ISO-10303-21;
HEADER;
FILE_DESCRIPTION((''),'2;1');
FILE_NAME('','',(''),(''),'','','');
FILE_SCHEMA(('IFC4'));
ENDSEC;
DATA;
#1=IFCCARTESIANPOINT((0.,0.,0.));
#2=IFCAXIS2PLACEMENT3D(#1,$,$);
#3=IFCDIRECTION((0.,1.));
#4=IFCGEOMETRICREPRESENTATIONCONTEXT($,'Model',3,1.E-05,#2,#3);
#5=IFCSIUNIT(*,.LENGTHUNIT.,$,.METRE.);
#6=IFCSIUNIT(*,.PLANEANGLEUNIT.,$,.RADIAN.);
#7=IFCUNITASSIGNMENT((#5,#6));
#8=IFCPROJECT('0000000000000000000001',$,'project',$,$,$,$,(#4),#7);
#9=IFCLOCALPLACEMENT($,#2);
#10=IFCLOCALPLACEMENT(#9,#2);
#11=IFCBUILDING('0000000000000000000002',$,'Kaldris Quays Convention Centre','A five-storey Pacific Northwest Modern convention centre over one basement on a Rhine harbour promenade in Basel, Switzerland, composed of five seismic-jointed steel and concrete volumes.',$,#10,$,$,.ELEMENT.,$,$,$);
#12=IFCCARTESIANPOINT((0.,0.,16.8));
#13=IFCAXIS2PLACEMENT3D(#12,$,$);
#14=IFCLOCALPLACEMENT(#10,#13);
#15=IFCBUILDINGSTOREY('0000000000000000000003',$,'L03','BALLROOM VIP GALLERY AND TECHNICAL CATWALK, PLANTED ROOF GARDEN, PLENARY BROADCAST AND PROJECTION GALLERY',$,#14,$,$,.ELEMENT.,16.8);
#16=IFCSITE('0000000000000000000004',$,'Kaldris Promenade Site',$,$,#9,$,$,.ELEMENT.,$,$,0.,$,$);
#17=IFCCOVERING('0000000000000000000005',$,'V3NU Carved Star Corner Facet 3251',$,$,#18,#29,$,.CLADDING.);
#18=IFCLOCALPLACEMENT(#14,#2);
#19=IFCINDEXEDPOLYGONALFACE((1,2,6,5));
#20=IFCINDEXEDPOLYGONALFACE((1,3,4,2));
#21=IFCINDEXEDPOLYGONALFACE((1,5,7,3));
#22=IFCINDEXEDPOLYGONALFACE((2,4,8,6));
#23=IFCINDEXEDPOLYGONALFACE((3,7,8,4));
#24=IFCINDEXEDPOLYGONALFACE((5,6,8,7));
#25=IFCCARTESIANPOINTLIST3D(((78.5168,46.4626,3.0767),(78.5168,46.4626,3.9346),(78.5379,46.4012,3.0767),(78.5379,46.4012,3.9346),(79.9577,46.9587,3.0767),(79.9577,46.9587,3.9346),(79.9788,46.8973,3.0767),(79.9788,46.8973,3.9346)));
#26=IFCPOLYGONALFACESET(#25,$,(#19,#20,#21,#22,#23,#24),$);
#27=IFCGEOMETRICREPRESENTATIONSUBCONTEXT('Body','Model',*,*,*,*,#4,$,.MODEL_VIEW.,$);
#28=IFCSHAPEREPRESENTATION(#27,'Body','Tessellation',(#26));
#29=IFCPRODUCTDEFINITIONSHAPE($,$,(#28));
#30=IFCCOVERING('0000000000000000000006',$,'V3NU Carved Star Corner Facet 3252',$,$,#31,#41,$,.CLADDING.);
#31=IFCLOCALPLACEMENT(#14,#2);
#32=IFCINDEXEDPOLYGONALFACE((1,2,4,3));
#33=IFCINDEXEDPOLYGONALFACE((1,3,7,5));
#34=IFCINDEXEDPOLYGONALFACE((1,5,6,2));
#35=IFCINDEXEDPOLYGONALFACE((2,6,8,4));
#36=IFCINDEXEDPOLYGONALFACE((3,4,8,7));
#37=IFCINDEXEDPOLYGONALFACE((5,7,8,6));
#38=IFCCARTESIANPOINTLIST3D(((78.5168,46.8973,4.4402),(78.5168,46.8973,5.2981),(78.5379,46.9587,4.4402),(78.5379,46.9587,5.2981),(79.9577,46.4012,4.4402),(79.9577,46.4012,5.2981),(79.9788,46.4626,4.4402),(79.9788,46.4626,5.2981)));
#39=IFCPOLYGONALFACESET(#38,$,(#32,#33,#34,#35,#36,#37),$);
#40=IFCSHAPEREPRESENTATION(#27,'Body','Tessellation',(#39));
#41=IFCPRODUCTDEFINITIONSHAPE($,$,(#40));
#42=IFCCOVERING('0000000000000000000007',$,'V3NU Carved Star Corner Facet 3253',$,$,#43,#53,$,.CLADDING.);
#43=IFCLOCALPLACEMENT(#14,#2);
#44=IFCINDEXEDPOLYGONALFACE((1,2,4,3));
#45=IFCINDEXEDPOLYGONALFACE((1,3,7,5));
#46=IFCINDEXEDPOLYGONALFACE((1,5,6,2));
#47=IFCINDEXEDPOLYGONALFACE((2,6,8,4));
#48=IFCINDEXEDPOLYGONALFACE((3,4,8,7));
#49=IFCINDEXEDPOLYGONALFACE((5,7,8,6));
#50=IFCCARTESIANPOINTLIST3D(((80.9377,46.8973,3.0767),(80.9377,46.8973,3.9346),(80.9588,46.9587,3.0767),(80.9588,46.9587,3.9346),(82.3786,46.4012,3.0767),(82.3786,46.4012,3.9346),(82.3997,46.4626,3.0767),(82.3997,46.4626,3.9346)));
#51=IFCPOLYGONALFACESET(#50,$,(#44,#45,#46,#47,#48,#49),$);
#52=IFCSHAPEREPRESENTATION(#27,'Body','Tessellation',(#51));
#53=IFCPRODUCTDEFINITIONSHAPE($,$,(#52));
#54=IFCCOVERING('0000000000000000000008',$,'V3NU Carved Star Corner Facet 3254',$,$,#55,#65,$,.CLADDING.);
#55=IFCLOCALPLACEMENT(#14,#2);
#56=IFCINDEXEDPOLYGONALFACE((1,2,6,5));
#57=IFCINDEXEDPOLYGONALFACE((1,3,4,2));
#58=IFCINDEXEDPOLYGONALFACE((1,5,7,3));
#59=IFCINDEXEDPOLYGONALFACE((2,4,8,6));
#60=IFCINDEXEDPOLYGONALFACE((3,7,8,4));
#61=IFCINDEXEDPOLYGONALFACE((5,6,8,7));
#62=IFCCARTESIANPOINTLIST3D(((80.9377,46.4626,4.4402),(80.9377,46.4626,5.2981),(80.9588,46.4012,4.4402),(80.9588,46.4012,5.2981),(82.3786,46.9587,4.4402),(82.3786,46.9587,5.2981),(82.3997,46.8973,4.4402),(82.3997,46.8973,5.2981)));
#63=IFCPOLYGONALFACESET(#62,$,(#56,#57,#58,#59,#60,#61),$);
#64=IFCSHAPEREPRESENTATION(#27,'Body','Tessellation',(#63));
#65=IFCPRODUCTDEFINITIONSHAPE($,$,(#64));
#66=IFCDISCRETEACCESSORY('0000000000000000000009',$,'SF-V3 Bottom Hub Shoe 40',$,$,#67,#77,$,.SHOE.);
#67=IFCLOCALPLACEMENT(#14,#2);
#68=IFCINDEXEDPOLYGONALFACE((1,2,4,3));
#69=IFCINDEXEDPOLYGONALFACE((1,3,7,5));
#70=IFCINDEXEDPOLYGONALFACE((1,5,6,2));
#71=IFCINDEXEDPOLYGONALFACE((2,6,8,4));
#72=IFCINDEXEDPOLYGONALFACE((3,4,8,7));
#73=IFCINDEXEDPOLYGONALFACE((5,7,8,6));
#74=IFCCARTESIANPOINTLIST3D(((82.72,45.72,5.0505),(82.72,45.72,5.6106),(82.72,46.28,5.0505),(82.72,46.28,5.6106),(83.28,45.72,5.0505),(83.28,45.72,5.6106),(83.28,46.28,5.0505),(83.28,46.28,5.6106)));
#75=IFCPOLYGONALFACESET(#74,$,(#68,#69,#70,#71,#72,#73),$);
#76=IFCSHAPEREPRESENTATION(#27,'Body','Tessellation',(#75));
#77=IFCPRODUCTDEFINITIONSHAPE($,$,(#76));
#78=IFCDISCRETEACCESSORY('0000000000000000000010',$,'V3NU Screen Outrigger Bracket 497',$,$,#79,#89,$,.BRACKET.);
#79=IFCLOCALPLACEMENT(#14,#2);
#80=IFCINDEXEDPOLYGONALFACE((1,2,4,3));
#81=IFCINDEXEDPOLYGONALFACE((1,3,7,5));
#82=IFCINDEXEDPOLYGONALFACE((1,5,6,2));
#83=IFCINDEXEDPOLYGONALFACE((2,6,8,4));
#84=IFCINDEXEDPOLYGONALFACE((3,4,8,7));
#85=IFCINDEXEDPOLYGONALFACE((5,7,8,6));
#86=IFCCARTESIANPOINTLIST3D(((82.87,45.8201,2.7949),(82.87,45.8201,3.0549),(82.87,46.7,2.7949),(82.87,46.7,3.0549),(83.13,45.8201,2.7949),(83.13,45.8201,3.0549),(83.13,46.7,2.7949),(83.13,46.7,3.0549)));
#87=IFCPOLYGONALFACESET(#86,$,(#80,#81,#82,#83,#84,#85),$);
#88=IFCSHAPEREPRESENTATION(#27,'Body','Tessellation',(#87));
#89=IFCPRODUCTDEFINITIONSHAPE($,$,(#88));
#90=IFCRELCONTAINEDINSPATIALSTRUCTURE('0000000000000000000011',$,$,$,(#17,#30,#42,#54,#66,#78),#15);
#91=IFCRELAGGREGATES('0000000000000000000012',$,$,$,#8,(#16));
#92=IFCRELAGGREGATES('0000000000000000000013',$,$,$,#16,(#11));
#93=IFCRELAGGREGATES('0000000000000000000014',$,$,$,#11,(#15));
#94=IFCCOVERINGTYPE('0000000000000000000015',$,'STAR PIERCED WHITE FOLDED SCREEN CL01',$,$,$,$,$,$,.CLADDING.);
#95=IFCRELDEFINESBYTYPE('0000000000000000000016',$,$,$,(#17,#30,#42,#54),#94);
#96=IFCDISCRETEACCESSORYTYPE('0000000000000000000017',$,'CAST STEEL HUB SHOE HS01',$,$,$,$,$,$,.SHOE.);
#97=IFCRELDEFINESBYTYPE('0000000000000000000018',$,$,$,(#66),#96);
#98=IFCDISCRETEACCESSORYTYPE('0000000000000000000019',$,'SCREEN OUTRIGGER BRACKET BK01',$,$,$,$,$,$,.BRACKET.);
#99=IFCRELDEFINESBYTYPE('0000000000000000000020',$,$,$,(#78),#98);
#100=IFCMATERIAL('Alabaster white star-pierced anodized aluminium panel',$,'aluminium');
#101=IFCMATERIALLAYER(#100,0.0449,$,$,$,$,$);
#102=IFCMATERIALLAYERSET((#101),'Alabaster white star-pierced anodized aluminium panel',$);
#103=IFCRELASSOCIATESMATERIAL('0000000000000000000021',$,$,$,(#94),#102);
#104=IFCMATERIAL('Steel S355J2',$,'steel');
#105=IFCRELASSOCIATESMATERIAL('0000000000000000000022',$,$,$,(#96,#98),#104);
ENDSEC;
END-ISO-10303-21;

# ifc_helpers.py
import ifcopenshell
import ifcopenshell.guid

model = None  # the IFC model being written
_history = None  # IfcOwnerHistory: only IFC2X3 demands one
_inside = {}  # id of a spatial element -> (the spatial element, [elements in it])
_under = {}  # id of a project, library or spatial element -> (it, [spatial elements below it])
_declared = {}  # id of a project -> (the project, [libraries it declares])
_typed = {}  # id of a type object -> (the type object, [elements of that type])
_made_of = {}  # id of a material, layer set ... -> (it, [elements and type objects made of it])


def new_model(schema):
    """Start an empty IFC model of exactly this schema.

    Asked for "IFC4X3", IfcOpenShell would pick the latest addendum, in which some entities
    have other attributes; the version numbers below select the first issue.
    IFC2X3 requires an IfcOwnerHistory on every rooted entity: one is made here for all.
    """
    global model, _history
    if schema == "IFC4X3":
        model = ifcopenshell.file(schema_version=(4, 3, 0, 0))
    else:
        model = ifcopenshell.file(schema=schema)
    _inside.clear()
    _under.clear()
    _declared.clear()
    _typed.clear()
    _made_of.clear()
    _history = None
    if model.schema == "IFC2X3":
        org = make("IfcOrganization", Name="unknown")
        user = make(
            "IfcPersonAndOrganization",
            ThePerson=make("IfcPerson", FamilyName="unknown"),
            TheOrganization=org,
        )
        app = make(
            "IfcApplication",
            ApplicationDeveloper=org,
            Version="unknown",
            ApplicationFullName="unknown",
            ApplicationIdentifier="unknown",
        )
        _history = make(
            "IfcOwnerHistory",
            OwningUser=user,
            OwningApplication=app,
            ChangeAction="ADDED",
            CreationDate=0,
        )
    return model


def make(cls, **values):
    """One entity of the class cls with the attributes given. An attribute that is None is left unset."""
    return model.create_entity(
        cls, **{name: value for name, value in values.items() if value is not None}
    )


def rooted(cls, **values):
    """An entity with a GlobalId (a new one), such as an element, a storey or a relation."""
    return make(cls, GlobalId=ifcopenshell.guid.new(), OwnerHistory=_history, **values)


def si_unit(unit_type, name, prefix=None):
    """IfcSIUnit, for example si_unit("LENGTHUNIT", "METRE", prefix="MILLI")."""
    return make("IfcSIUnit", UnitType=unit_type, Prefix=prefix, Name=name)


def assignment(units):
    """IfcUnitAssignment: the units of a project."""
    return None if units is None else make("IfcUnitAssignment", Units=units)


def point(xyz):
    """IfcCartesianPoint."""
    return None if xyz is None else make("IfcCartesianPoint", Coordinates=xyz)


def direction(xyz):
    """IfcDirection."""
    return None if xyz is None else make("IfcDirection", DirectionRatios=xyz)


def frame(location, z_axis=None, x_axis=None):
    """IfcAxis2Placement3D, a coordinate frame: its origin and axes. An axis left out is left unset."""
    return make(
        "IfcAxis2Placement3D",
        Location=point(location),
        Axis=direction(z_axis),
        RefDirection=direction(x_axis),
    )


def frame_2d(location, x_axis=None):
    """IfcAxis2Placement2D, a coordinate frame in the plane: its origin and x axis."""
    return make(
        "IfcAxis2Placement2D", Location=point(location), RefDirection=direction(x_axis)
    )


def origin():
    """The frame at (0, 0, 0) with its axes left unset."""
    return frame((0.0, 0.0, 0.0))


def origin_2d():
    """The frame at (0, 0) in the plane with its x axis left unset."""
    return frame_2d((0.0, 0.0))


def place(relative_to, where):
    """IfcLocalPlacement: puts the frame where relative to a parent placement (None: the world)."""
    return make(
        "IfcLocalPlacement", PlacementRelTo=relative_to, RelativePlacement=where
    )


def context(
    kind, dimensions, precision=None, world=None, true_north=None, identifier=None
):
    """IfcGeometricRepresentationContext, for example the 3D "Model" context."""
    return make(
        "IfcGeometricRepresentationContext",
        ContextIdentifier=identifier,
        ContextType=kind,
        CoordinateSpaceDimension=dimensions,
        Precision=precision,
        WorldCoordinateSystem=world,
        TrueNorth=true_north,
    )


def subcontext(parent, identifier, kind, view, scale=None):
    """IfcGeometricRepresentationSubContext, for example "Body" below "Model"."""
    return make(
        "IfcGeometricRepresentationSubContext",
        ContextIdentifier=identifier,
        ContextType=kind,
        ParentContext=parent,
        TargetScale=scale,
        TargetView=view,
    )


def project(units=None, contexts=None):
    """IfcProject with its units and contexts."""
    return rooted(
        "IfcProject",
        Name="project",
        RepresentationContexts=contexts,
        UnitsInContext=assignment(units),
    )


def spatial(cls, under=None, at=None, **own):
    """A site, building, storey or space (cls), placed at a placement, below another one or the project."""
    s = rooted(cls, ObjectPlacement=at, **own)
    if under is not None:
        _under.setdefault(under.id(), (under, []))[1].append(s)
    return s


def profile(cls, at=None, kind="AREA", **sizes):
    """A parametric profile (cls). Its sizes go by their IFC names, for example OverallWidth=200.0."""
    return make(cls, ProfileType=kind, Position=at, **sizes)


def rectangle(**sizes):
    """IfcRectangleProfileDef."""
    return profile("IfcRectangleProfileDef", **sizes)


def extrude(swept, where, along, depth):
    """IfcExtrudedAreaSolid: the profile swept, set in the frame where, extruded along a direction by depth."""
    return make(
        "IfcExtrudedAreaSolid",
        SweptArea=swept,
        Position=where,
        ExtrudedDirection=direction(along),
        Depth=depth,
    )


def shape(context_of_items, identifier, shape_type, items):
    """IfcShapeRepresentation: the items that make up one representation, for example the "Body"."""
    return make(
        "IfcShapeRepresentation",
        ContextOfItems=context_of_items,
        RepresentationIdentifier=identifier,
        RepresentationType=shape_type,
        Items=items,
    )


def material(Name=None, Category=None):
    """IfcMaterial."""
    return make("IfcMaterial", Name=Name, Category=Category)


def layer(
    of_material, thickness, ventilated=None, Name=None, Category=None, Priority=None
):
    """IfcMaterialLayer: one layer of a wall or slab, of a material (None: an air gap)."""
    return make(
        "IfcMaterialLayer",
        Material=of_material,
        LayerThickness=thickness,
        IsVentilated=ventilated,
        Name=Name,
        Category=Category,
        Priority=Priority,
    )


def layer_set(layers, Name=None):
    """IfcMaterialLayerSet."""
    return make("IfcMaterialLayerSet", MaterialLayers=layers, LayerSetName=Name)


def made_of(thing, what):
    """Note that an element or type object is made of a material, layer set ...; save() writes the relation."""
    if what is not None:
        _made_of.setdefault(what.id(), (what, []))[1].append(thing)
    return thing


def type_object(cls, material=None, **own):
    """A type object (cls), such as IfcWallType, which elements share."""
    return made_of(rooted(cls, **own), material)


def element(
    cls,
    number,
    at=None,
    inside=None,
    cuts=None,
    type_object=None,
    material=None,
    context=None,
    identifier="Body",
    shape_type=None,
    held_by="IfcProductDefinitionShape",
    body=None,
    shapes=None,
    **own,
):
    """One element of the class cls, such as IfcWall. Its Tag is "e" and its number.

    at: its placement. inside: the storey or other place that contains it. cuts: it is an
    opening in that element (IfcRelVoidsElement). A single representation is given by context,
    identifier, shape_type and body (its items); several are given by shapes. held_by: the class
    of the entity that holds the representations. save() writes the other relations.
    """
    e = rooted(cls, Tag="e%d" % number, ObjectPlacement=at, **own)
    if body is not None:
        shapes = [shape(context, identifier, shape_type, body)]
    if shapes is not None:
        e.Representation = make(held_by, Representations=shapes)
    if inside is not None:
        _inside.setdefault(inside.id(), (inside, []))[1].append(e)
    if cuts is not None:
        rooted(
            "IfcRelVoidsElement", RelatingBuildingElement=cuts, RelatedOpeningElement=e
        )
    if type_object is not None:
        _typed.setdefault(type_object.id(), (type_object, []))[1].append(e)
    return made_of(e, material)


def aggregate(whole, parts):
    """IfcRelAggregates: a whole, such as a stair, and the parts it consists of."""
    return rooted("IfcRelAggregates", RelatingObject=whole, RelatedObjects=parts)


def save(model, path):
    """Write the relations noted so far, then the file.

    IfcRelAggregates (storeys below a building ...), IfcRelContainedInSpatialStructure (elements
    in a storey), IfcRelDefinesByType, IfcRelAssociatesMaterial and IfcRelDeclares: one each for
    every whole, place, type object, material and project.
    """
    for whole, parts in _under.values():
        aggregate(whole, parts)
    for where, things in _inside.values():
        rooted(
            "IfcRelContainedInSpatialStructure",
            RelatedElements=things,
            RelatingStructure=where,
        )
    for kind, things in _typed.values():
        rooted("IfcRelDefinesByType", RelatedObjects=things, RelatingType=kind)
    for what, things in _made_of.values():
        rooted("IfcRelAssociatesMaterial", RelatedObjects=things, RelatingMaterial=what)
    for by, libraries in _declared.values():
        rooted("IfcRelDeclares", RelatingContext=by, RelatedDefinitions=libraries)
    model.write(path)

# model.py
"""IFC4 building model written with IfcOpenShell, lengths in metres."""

from ifc_helpers import new_model, si_unit, direction, frame, origin, origin_2d, place, context, subcontext, project, spatial, rectangle, extrude, material, layer, layer_set, type_object, element, save


model = new_model("IFC4")

# Units and contexts
model_context = context("Model", 3, precision=1e-05, world=origin(), true_north=direction((0.0, 1.0)))
body_context = subcontext(model_context, "Body", "Model", "MODEL_VIEW")
ifc_project = project(units=[si_unit("LENGTHUNIT", "METRE"), si_unit("PLANEANGLEUNIT", "RADIAN")], contexts=[model_context])

# Site, building, storey
site_placement = place(None, origin())
site = spatial("IfcSite", under=ifc_project, at=site_placement, Name="Kaldris Promenade Site", CompositionType="ELEMENT", RefElevation=0.0)
building_placement = place(site_placement, origin())
building = spatial("IfcBuilding", under=site, at=building_placement, Name="Kaldris Quays Convention Centre", Description="A five-storey Pacific Northwest Modern convention centre over one basement on a Rhine harbour promenade in Basel, Switzerland, composed of five seismic-jointed steel and concrete volumes.", CompositionType="ELEMENT")
storey_placement = place(building_placement, frame((0.0, 0.0, 16.8)))
storey = spatial("IfcBuildingStorey", under=building, at=storey_placement, Name="L03", Description="BALLROOM VIP GALLERY AND TECHNICAL CATWALK, PLANTED ROOF GARDEN, PLENARY BROADCAST AND PROJECTION GALLERY", CompositionType="ELEMENT", Elevation=16.8)

# Shared definitions
ifc_material_1 = material(Name="Steel S355J2", Category="steel")

# Coverings
ifc_material_2 = material(Name="Alabaster white star-pierced anodized aluminium panel", Category="aluminium")
ifc_layer = layer(ifc_material_2, 0.0449)
ifc_layer_set = layer_set([ifc_layer], Name="Alabaster white star-pierced anodized aluminium panel")
covering_type = type_object("IfcCoveringType", Name="STAR PIERCED WHITE FOLDED SCREEN CL01", PredefinedType="CLADDING", material=ifc_layer_set)
for number, where, z_axis, x_axis, name in (
    (1, (79.2478, 46.6799, 3.0767), (0.0, 0.0, 1.0), (0.945519, 0.325568, 0.0), "V3NU Carved Star Corner Facet 3251"),
    (2, (79.2478, 46.6799, 4.4402), (0.0, 0.0, 1.0), (0.945519, -0.325568, 0.0), "V3NU Carved Star Corner Facet 3252"),
    (3, (81.6687, 46.6799, 3.0767), (0.0, 0.0, 1.0), (0.945519, -0.325568, 0.0), "V3NU Carved Star Corner Facet 3253"),
    (4, (81.6687, 46.6799, 4.4402), (0.0, 0.0, 1.0), (0.945519, 0.325568, 0.0), "V3NU Carved Star Corner Facet 3254"),
):
    element("IfcCovering", number, at=place(storey_placement, frame(where, z_axis=z_axis, x_axis=x_axis)), inside=storey, type_object=covering_type, Name=name, PredefinedType="CLADDING", context=body_context, shape_type="SweptSolid", body=[
        extrude(rectangle(XDim=1.5239, YDim=0.0649, at=origin_2d()), origin(), (0.0, 0.0, 1.0), 0.8579),
    ])

# Discrete accessories
discrete_accessory_type_1 = type_object("IfcDiscreteAccessoryType", Name="CAST STEEL HUB SHOE HS01", PredefinedType="SHOE", material=ifc_material_1)
discrete_accessory_1_placement = place(storey_placement, frame((83.0, 46.0, 5.0505), z_axis=(0.0, 0.0, 1.0), x_axis=(1.0, 0.0, 0.0)))
element("IfcDiscreteAccessory", 5, at=discrete_accessory_1_placement, inside=storey, type_object=discrete_accessory_type_1, Name="SF-V3 Bottom Hub Shoe 40", PredefinedType="SHOE", context=body_context, shape_type="SweptSolid", body=[
    extrude(rectangle(XDim=0.5601, YDim=0.5601, at=origin_2d()), origin(), (0.0, 0.0, 1.0), 0.5601),
])
discrete_accessory_type_2 = type_object("IfcDiscreteAccessoryType", Name="SCREEN OUTRIGGER BRACKET BK01", PredefinedType="BRACKET", material=ifc_material_1)
discrete_accessory_2_placement = place(storey_placement, frame((83.0, 46.26, 2.7949), z_axis=(0.0, 0.0, 1.0), x_axis=(1.0, 0.0, 0.0)))
element("IfcDiscreteAccessory", 6, at=discrete_accessory_2_placement, inside=storey, type_object=discrete_accessory_type_2, Name="V3NU Screen Outrigger Bracket 497", PredefinedType="BRACKET", context=body_context, shape_type="SweptSolid", body=[
    extrude(rectangle(XDim=0.26, YDim=0.8799, at=origin_2d()), origin(), (0.0, 0.0, 1.0), 0.26),
])

save(model, "model.ifc")
